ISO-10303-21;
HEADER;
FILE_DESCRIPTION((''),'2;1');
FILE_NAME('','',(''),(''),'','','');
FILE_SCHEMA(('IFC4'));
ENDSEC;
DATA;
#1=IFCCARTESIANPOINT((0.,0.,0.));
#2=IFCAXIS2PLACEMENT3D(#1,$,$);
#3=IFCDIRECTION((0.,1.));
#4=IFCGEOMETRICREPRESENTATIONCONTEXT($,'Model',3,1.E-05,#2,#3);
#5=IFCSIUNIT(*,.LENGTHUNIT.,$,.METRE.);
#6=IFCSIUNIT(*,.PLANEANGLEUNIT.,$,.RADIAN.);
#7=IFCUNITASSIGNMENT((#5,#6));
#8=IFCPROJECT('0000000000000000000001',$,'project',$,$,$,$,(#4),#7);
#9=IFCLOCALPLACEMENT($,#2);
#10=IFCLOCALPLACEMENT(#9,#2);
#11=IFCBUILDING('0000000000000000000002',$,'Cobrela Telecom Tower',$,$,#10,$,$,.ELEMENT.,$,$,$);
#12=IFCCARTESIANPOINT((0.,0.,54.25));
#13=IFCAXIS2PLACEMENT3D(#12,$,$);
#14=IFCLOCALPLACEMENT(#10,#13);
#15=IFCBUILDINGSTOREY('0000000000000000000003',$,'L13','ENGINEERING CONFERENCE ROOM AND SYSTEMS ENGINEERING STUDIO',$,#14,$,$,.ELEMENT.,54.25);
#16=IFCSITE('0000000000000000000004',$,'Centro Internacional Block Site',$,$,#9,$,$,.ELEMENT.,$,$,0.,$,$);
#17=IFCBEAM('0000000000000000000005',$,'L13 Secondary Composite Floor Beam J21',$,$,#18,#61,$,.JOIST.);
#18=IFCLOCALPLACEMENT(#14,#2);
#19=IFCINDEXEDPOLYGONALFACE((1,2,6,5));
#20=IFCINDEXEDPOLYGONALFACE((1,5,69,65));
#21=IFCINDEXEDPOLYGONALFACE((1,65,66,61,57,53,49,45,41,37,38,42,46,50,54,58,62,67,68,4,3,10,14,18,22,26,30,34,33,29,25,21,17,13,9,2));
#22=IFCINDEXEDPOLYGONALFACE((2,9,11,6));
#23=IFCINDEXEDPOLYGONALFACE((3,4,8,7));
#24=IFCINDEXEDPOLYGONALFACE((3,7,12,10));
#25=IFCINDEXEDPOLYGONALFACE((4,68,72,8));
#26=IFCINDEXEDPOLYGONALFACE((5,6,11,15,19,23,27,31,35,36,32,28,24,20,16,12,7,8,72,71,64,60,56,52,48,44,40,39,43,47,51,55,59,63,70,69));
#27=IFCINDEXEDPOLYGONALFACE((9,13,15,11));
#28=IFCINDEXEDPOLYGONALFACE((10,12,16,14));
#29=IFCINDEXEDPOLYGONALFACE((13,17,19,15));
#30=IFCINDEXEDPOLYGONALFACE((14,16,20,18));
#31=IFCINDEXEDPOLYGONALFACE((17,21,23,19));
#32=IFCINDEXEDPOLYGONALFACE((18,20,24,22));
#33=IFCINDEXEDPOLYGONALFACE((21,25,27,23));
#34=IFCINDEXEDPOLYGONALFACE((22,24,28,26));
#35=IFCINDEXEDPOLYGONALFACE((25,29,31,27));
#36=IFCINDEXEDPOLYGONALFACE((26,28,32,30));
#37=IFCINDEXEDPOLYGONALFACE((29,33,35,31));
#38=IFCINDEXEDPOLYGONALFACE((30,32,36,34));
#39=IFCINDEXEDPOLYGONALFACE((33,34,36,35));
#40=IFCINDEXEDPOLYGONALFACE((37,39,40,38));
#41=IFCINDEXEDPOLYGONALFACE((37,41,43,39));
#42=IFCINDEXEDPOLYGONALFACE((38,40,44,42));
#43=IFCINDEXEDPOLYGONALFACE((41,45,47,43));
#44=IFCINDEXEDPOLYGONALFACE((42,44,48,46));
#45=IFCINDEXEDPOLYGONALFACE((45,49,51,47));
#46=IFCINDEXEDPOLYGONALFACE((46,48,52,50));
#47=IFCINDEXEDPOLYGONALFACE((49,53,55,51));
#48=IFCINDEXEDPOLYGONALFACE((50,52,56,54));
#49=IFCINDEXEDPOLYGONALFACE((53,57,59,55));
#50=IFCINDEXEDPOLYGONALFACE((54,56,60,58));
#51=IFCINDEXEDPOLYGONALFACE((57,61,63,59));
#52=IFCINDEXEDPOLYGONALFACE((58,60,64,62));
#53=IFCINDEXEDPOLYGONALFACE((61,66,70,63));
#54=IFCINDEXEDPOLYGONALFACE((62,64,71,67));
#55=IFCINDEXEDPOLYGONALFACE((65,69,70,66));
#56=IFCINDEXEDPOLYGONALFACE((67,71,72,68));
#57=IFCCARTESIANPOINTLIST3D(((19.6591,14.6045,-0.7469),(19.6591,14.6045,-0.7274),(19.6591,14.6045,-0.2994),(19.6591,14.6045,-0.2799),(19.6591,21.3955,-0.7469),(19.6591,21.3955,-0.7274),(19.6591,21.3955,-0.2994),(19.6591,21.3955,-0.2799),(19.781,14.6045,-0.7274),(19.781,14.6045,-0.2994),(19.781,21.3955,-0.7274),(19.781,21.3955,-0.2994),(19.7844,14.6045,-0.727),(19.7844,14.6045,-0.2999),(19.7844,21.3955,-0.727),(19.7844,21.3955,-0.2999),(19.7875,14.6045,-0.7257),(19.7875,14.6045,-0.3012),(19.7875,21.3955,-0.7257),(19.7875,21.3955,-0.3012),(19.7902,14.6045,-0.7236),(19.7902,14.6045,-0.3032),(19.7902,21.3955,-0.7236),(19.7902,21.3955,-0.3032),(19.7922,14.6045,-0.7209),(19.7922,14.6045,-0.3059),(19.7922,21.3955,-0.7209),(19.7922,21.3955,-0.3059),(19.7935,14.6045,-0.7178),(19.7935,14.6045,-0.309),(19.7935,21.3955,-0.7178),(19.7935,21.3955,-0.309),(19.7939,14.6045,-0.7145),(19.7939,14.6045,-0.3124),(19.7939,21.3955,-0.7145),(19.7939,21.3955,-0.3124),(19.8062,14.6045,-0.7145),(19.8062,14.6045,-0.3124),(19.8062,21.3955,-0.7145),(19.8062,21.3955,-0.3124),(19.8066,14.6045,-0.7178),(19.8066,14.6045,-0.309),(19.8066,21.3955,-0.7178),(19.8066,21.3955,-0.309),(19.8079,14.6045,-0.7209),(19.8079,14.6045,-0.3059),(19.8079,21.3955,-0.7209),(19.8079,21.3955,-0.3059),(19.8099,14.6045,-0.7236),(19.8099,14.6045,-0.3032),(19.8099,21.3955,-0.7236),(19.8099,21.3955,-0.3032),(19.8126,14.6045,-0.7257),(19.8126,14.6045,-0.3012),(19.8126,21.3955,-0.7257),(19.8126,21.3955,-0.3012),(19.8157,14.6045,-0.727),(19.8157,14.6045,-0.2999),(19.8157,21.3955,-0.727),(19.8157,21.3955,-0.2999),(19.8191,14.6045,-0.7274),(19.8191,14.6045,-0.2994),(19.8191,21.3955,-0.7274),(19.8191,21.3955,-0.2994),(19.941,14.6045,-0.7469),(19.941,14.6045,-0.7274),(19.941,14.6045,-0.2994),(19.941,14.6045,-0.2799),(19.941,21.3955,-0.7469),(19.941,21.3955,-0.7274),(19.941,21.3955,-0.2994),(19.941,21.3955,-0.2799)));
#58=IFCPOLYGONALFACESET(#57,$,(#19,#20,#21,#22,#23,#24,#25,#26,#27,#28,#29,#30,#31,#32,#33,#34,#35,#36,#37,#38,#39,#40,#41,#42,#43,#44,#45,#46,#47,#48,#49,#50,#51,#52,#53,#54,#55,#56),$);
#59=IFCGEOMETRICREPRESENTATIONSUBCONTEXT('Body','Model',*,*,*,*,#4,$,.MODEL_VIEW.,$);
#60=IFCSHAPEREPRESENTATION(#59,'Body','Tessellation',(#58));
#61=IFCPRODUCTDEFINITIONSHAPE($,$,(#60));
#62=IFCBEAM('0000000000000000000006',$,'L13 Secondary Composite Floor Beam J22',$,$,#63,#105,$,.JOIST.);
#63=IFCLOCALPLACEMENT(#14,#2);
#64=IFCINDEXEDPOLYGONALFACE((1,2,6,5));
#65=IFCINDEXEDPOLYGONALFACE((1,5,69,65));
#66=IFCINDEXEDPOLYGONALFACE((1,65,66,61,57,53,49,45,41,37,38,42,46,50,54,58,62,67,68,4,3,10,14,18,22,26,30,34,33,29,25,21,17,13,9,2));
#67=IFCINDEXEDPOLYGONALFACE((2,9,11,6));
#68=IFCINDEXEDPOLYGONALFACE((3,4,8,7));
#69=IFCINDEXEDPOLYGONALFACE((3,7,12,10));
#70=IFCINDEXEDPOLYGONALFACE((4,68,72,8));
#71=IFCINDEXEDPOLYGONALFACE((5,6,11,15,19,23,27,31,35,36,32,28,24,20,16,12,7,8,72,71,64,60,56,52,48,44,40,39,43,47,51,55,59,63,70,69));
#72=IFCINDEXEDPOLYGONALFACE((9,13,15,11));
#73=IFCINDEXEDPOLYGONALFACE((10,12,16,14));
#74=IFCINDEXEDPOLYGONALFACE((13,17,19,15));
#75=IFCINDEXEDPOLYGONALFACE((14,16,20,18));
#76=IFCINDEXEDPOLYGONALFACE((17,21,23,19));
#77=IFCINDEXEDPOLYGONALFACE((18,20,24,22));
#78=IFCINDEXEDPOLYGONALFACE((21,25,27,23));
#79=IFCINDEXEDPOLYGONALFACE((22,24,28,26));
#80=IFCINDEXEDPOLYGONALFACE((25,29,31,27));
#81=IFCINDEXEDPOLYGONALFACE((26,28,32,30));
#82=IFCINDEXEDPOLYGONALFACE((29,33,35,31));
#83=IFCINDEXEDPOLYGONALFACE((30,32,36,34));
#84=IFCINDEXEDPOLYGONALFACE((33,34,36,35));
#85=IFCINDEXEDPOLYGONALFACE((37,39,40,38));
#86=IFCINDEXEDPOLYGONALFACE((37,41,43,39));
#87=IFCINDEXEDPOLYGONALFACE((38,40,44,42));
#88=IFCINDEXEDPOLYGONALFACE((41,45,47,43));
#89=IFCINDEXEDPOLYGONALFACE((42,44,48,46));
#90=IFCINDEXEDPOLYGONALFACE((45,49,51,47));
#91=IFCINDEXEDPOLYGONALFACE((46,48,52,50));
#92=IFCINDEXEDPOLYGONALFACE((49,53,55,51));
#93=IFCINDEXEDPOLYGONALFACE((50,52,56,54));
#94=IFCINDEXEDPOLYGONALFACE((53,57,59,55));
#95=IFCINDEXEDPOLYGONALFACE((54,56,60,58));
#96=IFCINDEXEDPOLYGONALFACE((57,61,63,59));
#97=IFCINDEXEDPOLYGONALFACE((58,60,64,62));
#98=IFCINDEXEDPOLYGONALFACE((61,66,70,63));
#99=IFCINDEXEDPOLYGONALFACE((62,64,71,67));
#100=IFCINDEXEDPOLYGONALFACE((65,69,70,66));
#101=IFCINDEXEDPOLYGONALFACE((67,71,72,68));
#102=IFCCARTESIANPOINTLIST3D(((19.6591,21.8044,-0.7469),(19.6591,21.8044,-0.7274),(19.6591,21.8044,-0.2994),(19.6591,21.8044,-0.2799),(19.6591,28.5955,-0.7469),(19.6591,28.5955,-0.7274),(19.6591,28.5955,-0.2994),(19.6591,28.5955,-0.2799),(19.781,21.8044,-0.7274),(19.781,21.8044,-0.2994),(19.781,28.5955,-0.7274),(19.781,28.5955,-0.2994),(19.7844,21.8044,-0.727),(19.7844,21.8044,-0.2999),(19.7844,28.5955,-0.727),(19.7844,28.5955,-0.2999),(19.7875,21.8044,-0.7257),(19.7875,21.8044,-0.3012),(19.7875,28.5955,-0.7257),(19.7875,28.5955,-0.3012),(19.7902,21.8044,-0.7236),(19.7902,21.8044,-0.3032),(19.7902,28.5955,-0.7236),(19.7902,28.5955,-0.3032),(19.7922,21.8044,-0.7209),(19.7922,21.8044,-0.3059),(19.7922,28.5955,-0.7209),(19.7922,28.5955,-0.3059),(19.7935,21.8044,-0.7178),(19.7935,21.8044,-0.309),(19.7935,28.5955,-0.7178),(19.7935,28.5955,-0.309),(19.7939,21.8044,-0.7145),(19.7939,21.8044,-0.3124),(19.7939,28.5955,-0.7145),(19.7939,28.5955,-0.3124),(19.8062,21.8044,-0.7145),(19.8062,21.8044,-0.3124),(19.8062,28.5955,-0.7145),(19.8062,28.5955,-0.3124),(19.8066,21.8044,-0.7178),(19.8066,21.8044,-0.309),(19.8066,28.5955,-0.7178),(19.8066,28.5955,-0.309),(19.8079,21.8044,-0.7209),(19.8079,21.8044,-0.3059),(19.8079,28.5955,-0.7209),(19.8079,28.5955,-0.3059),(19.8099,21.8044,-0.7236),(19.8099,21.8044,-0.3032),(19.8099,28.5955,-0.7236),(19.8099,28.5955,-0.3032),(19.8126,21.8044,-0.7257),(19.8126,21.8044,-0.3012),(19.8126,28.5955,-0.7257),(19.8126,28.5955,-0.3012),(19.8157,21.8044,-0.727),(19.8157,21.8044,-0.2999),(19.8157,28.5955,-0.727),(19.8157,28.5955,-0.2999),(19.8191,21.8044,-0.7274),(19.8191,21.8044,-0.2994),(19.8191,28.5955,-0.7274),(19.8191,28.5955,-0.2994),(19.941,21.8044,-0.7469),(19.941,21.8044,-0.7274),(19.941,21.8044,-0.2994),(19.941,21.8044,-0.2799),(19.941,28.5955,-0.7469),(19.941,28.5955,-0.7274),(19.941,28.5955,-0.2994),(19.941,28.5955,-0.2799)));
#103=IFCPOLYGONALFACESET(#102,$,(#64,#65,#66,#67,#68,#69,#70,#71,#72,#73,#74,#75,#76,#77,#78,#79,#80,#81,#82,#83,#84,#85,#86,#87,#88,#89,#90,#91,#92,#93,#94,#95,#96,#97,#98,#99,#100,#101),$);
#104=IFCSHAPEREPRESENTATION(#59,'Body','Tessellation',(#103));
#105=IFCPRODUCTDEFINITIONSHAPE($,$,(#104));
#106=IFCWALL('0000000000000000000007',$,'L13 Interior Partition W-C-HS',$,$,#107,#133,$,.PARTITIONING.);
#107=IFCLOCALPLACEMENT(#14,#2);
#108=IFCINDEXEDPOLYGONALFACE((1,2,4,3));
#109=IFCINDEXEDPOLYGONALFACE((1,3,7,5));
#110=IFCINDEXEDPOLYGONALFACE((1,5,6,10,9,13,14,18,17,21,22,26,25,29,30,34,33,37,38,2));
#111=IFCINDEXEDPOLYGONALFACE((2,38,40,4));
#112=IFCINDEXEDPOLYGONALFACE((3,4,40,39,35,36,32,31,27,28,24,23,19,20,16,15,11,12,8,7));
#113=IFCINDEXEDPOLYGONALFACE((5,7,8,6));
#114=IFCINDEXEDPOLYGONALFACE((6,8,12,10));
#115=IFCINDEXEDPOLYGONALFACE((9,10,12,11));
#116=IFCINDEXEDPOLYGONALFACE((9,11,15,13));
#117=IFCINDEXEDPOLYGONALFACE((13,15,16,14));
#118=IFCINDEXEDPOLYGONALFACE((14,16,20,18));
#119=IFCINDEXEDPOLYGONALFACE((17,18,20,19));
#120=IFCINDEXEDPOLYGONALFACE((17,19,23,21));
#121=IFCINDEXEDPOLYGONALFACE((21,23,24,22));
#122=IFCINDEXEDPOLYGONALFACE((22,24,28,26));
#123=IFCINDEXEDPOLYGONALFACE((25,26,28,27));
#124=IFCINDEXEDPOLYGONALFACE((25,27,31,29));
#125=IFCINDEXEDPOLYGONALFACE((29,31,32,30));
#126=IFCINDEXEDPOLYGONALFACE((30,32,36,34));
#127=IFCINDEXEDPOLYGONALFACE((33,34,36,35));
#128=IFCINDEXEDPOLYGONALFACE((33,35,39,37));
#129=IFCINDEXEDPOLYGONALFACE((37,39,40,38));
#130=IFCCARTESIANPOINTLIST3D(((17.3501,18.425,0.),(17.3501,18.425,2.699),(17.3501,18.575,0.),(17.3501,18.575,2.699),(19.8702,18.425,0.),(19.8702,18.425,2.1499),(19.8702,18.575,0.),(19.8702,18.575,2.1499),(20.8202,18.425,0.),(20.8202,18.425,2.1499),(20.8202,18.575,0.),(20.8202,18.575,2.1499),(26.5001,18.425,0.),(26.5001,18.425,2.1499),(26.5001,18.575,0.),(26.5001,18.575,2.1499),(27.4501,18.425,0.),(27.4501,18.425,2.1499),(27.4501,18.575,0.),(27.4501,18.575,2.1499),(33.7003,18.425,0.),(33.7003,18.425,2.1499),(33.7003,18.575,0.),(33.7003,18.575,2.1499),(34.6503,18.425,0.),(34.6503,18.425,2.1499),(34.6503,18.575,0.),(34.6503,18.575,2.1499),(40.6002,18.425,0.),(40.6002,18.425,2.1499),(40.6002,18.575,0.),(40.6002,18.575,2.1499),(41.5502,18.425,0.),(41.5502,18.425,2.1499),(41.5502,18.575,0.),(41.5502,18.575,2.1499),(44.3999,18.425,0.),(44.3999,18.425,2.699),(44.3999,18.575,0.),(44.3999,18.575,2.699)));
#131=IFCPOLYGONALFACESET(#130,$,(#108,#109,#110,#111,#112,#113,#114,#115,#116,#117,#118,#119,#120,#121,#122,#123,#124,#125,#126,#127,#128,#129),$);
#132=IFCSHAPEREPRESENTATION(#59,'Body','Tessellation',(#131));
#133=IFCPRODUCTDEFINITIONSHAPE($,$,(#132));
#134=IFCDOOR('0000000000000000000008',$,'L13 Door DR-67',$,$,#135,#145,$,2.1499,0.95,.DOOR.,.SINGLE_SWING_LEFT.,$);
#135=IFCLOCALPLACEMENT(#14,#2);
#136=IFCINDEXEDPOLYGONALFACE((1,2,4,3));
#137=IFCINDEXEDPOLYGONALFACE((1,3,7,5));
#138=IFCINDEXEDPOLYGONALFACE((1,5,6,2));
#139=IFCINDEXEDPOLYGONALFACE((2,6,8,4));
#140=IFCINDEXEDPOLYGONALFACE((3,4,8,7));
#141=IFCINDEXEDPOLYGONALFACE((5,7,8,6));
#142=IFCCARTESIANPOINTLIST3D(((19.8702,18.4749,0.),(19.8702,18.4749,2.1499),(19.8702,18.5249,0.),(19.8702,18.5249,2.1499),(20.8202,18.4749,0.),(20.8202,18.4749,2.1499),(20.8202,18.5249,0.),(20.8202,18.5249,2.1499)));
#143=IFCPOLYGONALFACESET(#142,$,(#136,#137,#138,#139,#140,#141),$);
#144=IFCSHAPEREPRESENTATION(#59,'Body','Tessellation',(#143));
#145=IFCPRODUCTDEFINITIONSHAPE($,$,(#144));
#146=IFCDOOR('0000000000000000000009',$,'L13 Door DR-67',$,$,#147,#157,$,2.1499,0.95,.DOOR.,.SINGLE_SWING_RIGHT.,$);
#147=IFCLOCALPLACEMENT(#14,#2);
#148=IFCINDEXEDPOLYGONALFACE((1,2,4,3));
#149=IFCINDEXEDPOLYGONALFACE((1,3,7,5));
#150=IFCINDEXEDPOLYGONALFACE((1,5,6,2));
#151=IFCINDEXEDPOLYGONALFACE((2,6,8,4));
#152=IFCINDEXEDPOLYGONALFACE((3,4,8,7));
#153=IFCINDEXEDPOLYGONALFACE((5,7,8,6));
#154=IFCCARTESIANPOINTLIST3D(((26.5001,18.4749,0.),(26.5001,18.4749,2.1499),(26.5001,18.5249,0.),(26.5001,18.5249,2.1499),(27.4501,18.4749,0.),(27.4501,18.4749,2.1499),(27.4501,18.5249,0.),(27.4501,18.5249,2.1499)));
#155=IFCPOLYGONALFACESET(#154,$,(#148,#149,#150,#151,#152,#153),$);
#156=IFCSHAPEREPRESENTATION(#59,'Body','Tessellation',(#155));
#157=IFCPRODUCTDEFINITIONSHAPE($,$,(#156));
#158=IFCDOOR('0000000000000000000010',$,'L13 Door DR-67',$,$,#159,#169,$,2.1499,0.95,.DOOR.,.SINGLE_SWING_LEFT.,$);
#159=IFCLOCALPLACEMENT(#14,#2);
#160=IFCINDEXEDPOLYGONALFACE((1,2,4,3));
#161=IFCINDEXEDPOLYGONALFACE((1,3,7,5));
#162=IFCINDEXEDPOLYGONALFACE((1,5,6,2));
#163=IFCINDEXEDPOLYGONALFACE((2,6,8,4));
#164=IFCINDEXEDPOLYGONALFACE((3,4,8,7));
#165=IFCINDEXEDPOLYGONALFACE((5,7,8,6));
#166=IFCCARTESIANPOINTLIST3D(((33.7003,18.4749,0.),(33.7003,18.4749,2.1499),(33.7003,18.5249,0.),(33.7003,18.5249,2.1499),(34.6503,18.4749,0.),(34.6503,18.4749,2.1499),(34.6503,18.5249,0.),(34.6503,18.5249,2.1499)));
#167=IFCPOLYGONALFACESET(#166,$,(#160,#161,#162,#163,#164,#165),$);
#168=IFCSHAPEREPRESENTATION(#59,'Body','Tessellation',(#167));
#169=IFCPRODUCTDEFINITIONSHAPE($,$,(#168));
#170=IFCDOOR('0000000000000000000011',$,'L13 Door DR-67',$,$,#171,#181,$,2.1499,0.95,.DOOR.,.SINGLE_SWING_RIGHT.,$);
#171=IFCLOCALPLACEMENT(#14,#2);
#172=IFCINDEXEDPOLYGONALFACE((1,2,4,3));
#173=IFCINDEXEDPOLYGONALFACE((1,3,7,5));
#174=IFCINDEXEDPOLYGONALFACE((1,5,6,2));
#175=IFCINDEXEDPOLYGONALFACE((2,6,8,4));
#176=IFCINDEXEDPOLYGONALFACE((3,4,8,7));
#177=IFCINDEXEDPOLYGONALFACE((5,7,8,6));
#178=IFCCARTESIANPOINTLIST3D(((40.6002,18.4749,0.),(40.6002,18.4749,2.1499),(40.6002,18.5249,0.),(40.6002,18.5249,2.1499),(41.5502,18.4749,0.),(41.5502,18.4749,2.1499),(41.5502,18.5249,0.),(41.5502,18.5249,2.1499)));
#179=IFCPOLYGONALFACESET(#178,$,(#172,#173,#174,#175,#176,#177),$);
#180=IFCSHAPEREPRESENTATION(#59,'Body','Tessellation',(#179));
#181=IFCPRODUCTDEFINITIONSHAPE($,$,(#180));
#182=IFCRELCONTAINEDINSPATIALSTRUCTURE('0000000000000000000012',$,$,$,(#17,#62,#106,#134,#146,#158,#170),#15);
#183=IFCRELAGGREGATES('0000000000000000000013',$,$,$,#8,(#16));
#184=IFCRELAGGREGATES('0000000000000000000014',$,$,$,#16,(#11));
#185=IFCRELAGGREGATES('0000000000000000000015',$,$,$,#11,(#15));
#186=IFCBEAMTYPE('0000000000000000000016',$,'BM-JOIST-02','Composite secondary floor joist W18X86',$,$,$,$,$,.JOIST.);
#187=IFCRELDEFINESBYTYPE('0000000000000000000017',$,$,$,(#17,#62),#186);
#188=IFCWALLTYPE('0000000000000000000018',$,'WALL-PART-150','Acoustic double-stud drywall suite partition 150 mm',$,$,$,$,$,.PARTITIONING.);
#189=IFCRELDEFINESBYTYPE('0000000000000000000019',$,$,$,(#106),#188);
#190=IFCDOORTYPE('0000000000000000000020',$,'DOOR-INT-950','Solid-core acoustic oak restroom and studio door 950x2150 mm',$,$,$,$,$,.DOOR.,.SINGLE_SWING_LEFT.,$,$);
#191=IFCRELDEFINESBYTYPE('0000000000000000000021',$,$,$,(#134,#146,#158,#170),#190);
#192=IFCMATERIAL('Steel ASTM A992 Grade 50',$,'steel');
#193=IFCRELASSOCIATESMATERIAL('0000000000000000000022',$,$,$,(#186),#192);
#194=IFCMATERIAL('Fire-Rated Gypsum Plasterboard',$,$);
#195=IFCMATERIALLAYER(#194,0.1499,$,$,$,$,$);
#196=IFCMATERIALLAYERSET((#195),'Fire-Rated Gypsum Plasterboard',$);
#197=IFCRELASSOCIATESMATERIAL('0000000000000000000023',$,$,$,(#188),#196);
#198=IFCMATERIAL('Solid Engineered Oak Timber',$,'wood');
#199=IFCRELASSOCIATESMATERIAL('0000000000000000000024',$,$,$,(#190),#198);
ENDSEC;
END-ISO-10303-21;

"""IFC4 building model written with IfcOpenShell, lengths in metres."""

from ifc_helpers import new_model, si_unit, direction, frame, frame_2d, origin, origin_2d, place, context, subcontext, project, spatial, rectangle, i_section, extrude, material, layer, layer_set, material_profile, profile_set, type_object, element, fill, save


model = new_model("IFC4")

# Units and contexts
model_context = context("Model", 3, precision=1e-05, world=origin(), true_north=direction((0.0, 1.0)))
body_context = subcontext(model_context, "Body", "Model", "MODEL_VIEW")
ifc_project = project(units=[si_unit("LENGTHUNIT", "METRE"), si_unit("PLANEANGLEUNIT", "RADIAN")], contexts=[model_context])

# Site, building, storey
site_placement = place(None, origin())
site = spatial("IfcSite", under=ifc_project, at=site_placement, Name="Centro Internacional Block Site", CompositionType="ELEMENT", RefElevation=0.0)
building_placement = place(site_placement, origin())
building = spatial("IfcBuilding", under=site, at=building_placement, Name="Cobrela Telecom Tower", CompositionType="ELEMENT")
storey_placement = place(building_placement, frame((0.0, 0.0, 54.25)))
storey = spatial("IfcBuildingStorey", under=building, at=storey_placement, Name="L13", Description="ENGINEERING CONFERENCE ROOM AND SYSTEMS ENGINEERING STUDIO", CompositionType="ELEMENT", Elevation=54.25)

# Beams
ifc_material_1 = material(Name="Steel ASTM A992 Grade 50", Category="steel")
ifc_material_profile_1 = material_profile(ifc_material_1, i_section(OverallWidth=0.282, OverallDepth=0.467, WebThickness=0.0122, FlangeThickness=0.0195, FilletRadius=0.0129, at=origin_2d()), Name="W18X86")
ifc_profile_set_1 = profile_set([ifc_material_profile_1], Name="Steel ASTM A992 Grade 50")
beam_type_1 = type_object("IfcBeamType", Name="BM-JOIST-02", Description="Composite secondary floor joist W18X86", PredefinedType="JOIST", material=ifc_profile_set_1)
for number, where, z_axis, x_axis, name in (
    (1, (19.8, 14.6045, -0.5134), (0.0, 1.0, 0.0), (-1.0, 0.0, 0.0), "L13 Secondary Composite Floor Beam J21"),
    (2, (19.8, 21.8044, -0.5134), (0.0, 1.0, 0.0), (-1.0, 0.0, 0.0), "L13 Secondary Composite Floor Beam J22"),
):
    element("IfcBeam", number, at=place(storey_placement, frame(where, z_axis=z_axis, x_axis=x_axis)), inside=storey, type_object=beam_type_1, Name=name, PredefinedType="JOIST", context=body_context, shape_type="SweptSolid", body=[
        extrude(i_section(OverallWidth=0.282, OverallDepth=0.467, WebThickness=0.0122, FlangeThickness=0.0195, FilletRadius=0.0129, at=origin_2d()), origin(), (0.0, 0.0, 1.0), 6.791),
    ])

# Wall, openings, doors
ifc_material_2 = material(Name="Fire-Rated Gypsum Plasterboard")
ifc_layer_1 = layer(ifc_material_2, 0.1499)
ifc_layer_set_1 = layer_set([ifc_layer_1], Name="Fire-Rated Gypsum Plasterboard")
wall_type_1 = type_object("IfcWallType", Name="WALL-PART-150", Description="Acoustic double-stud drywall suite partition 150 mm", PredefinedType="PARTITIONING", material=ifc_layer_set_1)
ifc_material_3 = material(Name="Solid Engineered Oak Timber", Category="wood")
wall_1_placement = place(storey_placement, frame((17.3501, 18.5, 0.0), z_axis=(0.0, 0.0, 1.0), x_axis=(1.0, 0.0, 0.0)))
wall_1 = element("IfcWall", 3, at=wall_1_placement, inside=storey, type_object=wall_type_1, Name="L13 Interior Partition W-C-HS", PredefinedType="PARTITIONING", context=body_context, shape_type="SweptSolid", body=[
    extrude(rectangle(XDim=27.0498, YDim=0.1499, at=frame_2d((13.5249, 0.0))), origin(), (0.0, 0.0, 1.0), 2.699),
])
opening_1_placement = place(wall_1_placement, frame((2.52, 0.0, 0.0)))
opening_1 = element("IfcOpeningElement", 4, at=opening_1_placement, cuts=wall_1, PredefinedType="OPENING", context=body_context, shape_type="SweptSolid", body=[
    extrude(rectangle(XDim=0.95, YDim=2.1499, at=frame_2d((0.4751, 1.075))), frame((0.0, 0.0869, 0.0), z_axis=(0.0, -1.0, 0.0), x_axis=(1.0, 0.0, 0.0)), (0.0, 0.0, 1.0), 0.1738),
])
opening_2_placement = place(wall_1_placement, frame((9.1499, 0.0, 0.0)))
opening_2 = element("IfcOpeningElement", 5, at=opening_2_placement, cuts=wall_1, PredefinedType="OPENING", context=body_context, shape_type="SweptSolid", body=[
    extrude(rectangle(XDim=0.95, YDim=2.1499, at=frame_2d((0.4751, 1.075))), frame((0.0, 0.0869, 0.0), z_axis=(0.0, -1.0, 0.0), x_axis=(1.0, 0.0, 0.0)), (0.0, 0.0, 1.0), 0.1738),
])
opening_3_placement = place(wall_1_placement, frame((16.3501, 0.0, 0.0)))
opening_3 = element("IfcOpeningElement", 6, at=opening_3_placement, cuts=wall_1, PredefinedType="OPENING", context=body_context, shape_type="SweptSolid", body=[
    extrude(rectangle(XDim=0.95, YDim=2.1499, at=frame_2d((0.4751, 1.075))), frame((0.0, 0.0869, 0.0), z_axis=(0.0, -1.0, 0.0), x_axis=(1.0, 0.0, 0.0)), (0.0, 0.0, 1.0), 0.1738),
])
opening_4_placement = place(wall_1_placement, frame((23.25, 0.0, 0.0)))
opening_4 = element("IfcOpeningElement", 7, at=opening_4_placement, cuts=wall_1, PredefinedType="OPENING", context=body_context, shape_type="SweptSolid", body=[
    extrude(rectangle(XDim=0.95, YDim=2.1499, at=frame_2d((0.4751, 1.075))), frame((0.0, 0.0869, 0.0), z_axis=(0.0, -1.0, 0.0), x_axis=(1.0, 0.0, 0.0)), (0.0, 0.0, 1.0), 0.1738),
])
door_type_1 = type_object("IfcDoorType", Name="DOOR-INT-950", Description="Solid-core acoustic oak restroom and studio door 950x2150 mm", OperationType="SINGLE_SWING_LEFT", PredefinedType="DOOR", material=ifc_material_3)
door_1_placement = place(opening_1_placement, origin())
door_1 = element("IfcDoor", 8, at=door_1_placement, inside=storey, type_object=door_type_1, Name="L13 Door DR-67", OperationType="SINGLE_SWING_LEFT", OverallHeight=2.1499, OverallWidth=0.95, PredefinedType="DOOR", context=body_context, shape_type="SweptSolid", body=[
    extrude(rectangle(XDim=0.95, YDim=2.1499, at=frame_2d((0.4751, 1.075))), frame((0.0, 0.0249, 0.0), z_axis=(0.0, -1.0, 0.0), x_axis=(1.0, 0.0, 0.0)), (0.0, 0.0, 1.0), 0.05),
])
fill(opening_1, door_1)
door_2_placement = place(opening_2_placement, origin())
door_2 = element("IfcDoor", 9, at=door_2_placement, inside=storey, type_object=door_type_1, Name="L13 Door DR-67", OperationType="SINGLE_SWING_RIGHT", OverallHeight=2.1499, OverallWidth=0.95, PredefinedType="DOOR", context=body_context, shape_type="SweptSolid", body=[
    extrude(rectangle(XDim=0.95, YDim=2.1499, at=frame_2d((0.4751, 1.075))), frame((0.0, 0.0249, 0.0), z_axis=(0.0, -1.0, 0.0), x_axis=(1.0, 0.0, 0.0)), (0.0, 0.0, 1.0), 0.05),
])
fill(opening_2, door_2)
door_3_placement = place(opening_3_placement, origin())
door_3 = element("IfcDoor", 10, at=door_3_placement, inside=storey, type_object=door_type_1, Name="L13 Door DR-67", OperationType="SINGLE_SWING_LEFT", OverallHeight=2.1499, OverallWidth=0.95, PredefinedType="DOOR", context=body_context, shape_type="SweptSolid", body=[
    extrude(rectangle(XDim=0.95, YDim=2.1499, at=frame_2d((0.4751, 1.075))), frame((0.0, 0.0249, 0.0), z_axis=(0.0, -1.0, 0.0), x_axis=(1.0, 0.0, 0.0)), (0.0, 0.0, 1.0), 0.05),
])
fill(opening_3, door_3)
door_4_placement = place(opening_4_placement, origin())
door_4 = element("IfcDoor", 11, at=door_4_placement, inside=storey, type_object=door_type_1, Name="L13 Door DR-67", OperationType="SINGLE_SWING_RIGHT", OverallHeight=2.1499, OverallWidth=0.95, PredefinedType="DOOR", context=body_context, shape_type="SweptSolid", body=[
    extrude(rectangle(XDim=0.95, YDim=2.1499, at=frame_2d((0.4751, 1.075))), frame((0.0, 0.0249, 0.0), z_axis=(0.0, -1.0, 0.0), x_axis=(1.0, 0.0, 0.0)), (0.0, 0.0, 1.0), 0.05),
])
fill(opening_4, door_4)

save(model, "model.ifc")
